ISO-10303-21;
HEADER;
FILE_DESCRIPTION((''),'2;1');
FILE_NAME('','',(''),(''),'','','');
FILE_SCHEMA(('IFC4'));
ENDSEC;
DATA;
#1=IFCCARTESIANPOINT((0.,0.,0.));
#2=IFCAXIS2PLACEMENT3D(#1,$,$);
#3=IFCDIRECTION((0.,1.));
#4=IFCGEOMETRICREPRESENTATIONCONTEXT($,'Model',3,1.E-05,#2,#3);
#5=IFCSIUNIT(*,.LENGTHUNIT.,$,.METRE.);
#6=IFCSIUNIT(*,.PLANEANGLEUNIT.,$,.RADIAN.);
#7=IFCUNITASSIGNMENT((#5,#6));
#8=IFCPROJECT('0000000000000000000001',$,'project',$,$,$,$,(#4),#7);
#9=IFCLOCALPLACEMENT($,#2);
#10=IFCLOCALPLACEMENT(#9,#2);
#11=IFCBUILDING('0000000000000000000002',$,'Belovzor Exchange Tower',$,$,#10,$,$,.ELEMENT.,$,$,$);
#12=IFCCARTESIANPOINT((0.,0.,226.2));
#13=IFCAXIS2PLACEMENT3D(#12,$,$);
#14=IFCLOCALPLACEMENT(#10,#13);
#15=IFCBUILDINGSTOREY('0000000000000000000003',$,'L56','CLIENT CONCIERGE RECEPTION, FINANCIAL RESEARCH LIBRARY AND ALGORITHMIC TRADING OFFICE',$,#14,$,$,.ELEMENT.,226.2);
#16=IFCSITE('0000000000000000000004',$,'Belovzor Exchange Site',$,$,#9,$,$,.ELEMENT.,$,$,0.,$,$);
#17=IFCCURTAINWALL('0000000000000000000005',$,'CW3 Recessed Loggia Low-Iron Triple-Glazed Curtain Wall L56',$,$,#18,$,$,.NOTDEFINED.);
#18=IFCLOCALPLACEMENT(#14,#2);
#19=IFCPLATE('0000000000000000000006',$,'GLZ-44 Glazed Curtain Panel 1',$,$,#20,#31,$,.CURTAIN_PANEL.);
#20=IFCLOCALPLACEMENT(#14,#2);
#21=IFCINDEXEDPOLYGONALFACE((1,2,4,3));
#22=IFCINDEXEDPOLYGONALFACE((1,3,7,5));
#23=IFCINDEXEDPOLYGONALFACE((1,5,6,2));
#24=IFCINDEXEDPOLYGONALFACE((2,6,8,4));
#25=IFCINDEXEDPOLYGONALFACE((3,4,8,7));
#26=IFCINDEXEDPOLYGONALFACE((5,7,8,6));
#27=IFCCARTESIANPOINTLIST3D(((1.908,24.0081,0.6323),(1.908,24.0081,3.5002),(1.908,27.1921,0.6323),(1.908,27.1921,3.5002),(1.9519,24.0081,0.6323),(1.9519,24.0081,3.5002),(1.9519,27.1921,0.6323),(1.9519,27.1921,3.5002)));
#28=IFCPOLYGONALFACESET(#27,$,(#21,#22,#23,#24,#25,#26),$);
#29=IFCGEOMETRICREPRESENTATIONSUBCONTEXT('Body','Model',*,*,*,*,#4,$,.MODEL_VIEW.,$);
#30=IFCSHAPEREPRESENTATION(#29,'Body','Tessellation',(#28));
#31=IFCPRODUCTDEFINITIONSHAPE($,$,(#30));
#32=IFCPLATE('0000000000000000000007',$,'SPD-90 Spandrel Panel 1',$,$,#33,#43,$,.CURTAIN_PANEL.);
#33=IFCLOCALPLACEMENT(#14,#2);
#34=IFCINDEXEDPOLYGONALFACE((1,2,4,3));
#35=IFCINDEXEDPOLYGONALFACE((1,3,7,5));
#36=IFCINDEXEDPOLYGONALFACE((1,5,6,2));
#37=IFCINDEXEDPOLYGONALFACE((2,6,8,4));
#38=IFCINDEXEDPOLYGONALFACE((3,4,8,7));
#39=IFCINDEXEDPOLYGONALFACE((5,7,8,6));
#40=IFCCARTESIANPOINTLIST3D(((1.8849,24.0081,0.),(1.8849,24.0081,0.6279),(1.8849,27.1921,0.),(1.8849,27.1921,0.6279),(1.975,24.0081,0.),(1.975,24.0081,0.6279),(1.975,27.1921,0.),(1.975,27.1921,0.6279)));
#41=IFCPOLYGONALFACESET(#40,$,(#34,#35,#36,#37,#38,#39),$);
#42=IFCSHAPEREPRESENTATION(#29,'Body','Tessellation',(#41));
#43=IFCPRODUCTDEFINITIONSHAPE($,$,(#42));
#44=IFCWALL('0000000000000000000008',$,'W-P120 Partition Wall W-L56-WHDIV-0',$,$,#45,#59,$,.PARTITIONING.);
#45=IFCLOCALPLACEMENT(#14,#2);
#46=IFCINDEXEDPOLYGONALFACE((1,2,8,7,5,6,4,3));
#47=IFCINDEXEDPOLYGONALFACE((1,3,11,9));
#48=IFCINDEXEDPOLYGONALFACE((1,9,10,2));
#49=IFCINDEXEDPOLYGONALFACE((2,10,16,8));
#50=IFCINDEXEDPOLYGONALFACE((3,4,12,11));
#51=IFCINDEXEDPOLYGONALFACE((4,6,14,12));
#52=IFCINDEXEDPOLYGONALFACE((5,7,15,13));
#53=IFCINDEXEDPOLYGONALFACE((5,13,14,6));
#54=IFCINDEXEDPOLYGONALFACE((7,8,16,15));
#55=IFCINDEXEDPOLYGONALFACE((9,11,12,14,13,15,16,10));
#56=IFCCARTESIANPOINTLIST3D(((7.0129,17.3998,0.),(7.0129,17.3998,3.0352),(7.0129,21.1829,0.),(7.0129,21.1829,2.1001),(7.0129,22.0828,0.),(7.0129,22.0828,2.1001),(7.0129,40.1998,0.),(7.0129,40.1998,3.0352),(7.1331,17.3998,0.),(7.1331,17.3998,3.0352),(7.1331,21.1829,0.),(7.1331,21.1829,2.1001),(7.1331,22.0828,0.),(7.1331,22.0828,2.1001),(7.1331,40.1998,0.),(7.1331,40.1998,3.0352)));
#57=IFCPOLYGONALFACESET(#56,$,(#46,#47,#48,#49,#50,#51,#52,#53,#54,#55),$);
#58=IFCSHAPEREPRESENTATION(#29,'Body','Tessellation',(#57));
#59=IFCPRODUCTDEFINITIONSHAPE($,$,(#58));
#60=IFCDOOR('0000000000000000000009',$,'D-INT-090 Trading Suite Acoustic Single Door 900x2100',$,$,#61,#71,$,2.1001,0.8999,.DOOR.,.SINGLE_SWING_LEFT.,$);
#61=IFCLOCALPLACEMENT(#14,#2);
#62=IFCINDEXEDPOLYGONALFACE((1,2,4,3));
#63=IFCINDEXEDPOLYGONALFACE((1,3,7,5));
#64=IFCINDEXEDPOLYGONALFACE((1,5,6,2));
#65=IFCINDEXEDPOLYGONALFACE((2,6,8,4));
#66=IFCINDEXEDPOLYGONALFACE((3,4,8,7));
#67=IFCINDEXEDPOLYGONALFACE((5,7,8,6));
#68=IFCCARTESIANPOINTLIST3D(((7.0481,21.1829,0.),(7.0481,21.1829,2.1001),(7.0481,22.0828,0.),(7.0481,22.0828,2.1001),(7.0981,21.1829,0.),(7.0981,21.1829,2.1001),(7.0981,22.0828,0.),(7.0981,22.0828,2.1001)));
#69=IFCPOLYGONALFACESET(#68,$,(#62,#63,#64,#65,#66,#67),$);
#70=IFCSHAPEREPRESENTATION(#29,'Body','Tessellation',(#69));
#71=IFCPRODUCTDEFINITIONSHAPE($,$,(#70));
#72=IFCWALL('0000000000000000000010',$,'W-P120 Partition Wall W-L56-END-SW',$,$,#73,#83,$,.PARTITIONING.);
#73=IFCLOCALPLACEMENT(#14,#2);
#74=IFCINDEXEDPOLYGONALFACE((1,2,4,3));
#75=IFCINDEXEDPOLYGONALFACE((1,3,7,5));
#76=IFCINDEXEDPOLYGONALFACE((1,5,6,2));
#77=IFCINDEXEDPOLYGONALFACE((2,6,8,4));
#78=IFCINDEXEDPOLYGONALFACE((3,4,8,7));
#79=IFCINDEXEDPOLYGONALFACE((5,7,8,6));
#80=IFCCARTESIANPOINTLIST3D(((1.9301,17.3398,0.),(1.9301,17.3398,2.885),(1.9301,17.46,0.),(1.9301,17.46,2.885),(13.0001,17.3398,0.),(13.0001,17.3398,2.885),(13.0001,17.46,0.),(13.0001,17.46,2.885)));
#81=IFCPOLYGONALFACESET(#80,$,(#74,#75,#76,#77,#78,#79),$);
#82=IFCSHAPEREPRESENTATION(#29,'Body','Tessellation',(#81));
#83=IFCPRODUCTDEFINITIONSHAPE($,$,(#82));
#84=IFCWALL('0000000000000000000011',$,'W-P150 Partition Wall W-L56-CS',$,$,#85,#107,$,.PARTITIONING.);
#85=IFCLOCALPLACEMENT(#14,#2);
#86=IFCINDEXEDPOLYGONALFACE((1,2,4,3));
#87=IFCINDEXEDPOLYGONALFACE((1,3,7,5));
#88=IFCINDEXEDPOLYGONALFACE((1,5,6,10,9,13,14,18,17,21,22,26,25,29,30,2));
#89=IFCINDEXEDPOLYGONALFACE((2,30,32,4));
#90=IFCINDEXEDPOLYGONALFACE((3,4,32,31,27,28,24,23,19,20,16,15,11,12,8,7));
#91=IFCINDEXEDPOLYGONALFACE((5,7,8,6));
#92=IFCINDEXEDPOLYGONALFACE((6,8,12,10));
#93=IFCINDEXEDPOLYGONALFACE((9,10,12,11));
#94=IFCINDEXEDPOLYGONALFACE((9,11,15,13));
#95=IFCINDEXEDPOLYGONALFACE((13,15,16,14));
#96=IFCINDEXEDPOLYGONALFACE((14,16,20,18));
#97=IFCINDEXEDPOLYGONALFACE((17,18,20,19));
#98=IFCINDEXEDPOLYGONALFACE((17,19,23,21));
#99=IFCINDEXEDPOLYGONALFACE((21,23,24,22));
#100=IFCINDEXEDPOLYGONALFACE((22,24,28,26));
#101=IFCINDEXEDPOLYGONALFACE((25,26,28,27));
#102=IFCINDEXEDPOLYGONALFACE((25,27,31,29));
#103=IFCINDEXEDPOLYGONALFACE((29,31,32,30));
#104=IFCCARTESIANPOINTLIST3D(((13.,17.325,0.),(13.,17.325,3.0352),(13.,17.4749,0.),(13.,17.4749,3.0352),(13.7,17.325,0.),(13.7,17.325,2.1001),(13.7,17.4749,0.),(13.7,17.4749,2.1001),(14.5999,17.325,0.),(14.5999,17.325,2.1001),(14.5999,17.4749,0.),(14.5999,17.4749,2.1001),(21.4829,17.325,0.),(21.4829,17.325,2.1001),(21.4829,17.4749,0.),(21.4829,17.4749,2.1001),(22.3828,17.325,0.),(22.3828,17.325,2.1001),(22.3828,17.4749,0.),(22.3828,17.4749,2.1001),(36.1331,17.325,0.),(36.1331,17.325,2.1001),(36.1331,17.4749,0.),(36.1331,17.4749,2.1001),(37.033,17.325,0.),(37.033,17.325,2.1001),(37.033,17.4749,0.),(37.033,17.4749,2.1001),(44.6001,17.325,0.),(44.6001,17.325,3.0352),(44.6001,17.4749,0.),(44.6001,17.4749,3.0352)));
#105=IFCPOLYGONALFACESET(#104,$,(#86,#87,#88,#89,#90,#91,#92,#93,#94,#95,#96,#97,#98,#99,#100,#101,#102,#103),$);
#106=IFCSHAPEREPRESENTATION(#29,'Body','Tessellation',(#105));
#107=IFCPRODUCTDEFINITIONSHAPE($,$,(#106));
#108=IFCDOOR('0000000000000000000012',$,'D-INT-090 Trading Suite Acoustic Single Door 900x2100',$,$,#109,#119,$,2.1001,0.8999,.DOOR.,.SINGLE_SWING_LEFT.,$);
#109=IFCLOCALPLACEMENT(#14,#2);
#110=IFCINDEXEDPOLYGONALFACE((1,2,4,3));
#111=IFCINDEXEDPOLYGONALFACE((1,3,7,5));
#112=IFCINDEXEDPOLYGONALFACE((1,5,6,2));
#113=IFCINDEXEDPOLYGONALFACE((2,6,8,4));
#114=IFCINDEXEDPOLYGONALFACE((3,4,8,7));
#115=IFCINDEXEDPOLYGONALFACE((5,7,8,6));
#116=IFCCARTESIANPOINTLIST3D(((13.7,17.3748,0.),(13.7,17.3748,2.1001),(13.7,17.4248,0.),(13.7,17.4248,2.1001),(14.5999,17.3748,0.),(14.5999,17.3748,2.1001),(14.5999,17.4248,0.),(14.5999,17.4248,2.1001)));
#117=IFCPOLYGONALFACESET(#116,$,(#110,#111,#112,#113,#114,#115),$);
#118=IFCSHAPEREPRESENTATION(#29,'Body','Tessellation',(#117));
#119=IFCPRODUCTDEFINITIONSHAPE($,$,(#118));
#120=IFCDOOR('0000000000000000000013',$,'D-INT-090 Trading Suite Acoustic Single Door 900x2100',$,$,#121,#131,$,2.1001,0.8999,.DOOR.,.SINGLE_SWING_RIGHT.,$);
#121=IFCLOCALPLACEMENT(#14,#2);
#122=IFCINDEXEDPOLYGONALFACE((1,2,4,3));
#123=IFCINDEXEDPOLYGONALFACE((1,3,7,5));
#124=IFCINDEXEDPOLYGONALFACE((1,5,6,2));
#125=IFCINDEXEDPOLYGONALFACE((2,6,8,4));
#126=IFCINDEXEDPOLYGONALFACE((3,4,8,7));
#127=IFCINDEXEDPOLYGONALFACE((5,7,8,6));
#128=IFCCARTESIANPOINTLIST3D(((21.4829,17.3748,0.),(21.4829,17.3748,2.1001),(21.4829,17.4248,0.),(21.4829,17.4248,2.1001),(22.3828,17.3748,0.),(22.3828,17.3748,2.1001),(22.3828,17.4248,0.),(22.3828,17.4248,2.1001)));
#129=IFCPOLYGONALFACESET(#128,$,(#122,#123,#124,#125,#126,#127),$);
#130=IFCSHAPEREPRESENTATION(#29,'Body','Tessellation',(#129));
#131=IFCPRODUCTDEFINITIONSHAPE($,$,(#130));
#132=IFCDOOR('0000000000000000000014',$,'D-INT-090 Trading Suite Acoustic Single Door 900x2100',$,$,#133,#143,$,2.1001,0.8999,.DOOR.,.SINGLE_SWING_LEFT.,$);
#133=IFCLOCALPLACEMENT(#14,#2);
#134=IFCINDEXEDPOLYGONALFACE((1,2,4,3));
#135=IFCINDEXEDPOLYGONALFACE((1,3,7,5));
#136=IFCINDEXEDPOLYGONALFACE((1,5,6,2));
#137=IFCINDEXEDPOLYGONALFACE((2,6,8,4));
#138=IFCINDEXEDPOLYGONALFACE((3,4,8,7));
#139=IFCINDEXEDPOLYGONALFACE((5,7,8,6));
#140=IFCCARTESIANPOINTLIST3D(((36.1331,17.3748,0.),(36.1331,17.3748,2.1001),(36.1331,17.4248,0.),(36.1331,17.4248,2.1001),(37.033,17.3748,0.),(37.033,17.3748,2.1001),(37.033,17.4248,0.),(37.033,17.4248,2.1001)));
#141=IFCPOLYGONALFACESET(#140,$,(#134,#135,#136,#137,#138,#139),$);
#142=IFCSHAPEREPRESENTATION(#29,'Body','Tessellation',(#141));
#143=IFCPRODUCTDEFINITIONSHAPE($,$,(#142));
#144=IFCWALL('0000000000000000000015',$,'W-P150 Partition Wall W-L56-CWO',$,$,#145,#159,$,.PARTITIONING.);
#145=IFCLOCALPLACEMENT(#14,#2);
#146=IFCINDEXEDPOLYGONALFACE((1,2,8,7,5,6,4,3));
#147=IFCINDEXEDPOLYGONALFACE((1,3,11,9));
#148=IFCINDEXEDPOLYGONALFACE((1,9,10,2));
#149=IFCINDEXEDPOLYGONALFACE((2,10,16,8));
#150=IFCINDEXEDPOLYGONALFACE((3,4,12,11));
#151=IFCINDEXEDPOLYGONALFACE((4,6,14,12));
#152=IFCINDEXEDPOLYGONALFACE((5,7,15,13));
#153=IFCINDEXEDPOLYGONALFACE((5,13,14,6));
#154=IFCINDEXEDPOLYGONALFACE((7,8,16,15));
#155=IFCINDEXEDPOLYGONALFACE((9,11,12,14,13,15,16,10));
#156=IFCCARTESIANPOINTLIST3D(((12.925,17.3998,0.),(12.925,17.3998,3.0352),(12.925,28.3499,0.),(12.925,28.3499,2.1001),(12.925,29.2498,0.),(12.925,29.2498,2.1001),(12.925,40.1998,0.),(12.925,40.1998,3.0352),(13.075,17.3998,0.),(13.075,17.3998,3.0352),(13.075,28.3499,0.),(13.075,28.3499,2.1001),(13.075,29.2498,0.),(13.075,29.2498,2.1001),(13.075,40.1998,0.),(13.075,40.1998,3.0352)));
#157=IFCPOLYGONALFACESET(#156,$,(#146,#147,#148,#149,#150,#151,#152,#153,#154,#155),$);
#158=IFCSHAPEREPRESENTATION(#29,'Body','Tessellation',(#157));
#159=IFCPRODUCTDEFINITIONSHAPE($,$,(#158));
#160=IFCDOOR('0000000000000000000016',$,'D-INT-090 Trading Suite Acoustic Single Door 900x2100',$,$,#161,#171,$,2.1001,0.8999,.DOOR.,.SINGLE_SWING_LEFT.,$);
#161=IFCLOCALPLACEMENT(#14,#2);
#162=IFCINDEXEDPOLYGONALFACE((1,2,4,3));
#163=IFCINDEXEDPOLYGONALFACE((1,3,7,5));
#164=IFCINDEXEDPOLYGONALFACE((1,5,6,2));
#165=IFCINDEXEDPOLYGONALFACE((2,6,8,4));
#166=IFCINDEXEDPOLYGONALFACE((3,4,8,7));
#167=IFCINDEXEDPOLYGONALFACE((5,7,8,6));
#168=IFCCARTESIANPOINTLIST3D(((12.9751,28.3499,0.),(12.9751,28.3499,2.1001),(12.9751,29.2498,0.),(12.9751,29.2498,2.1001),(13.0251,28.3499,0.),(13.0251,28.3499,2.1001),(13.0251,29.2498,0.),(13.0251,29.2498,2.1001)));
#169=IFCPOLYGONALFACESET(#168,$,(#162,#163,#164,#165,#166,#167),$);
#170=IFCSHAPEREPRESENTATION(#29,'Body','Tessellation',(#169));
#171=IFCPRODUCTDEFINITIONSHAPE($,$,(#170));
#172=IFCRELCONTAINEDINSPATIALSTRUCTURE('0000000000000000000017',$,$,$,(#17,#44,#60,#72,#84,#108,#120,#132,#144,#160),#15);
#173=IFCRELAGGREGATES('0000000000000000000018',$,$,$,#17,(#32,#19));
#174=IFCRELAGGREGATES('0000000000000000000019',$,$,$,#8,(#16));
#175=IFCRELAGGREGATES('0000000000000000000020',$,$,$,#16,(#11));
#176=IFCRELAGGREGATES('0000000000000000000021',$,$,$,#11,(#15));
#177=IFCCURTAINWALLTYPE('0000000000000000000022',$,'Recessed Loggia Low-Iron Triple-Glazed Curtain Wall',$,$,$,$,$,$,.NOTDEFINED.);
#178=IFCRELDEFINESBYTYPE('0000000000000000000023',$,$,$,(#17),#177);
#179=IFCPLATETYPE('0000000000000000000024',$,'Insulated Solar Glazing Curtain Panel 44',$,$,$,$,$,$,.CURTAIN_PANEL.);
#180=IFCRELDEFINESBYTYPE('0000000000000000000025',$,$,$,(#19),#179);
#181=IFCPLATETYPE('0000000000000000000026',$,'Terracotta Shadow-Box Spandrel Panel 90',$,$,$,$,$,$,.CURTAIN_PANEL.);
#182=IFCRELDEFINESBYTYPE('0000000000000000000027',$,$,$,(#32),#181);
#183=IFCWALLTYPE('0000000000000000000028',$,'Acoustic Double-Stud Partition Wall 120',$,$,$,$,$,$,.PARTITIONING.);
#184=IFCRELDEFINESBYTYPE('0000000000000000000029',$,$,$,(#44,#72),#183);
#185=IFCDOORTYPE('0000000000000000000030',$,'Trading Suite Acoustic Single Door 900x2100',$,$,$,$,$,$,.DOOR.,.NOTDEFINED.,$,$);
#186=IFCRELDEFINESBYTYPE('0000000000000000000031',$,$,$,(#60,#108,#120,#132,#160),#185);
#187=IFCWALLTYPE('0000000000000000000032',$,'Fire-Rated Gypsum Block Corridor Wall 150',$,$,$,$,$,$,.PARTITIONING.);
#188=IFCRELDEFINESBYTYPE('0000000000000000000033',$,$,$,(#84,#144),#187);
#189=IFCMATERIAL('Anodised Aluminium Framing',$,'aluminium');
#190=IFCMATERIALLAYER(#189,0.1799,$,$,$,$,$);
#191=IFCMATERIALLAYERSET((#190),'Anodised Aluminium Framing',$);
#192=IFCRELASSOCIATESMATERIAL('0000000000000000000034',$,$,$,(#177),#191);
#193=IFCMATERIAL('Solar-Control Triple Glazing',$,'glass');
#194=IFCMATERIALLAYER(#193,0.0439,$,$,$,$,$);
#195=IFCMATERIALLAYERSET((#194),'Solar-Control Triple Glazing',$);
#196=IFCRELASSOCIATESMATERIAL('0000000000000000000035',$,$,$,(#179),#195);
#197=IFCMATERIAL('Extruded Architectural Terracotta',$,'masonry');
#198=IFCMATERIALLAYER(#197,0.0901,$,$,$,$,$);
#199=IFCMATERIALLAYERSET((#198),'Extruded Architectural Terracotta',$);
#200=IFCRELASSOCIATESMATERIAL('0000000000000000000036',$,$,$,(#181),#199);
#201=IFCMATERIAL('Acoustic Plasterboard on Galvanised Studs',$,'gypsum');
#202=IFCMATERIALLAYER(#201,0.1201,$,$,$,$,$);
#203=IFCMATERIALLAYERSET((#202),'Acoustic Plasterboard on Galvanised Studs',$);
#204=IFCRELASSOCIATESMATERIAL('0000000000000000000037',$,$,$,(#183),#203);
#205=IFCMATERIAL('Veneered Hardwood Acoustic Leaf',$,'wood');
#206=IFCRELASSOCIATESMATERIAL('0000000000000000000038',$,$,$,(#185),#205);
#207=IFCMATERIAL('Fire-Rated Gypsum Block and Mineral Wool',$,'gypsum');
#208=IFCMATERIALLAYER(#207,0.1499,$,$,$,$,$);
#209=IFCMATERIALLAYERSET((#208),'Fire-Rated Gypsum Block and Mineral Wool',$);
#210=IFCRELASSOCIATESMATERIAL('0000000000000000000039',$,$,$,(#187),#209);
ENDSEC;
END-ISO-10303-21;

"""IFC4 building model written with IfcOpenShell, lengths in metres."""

from ifc_helpers import new_model, si_unit, direction, frame, frame_2d, origin, origin_2d, place, context, subcontext, project, spatial, rectangle, extrude, material, layer, layer_set, type_object, element, fill, aggregate, save


model = new_model("IFC4")

# Units and contexts
model_context = context("Model", 3, precision=1e-05, world=origin(), true_north=direction((0.0, 1.0)))
body_context = subcontext(model_context, "Body", "Model", "MODEL_VIEW")
ifc_project = project(units=[si_unit("LENGTHUNIT", "METRE"), si_unit("PLANEANGLEUNIT", "RADIAN")], contexts=[model_context])

# Site, building, storey
site_placement = place(None, origin())
site = spatial("IfcSite", under=ifc_project, at=site_placement, Name="Belovzor Exchange Site", CompositionType="ELEMENT", RefElevation=0.0)
building_placement = place(site_placement, origin())
building = spatial("IfcBuilding", under=site, at=building_placement, Name="Belovzor Exchange Tower", CompositionType="ELEMENT")
storey_placement = place(building_placement, frame((0.0, 0.0, 226.2)))
storey = spatial("IfcBuildingStorey", under=building, at=storey_placement, Name="L56", Description="CLIENT CONCIERGE RECEPTION, FINANCIAL RESEARCH LIBRARY AND ALGORITHMIC TRADING OFFICE", CompositionType="ELEMENT", Elevation=226.2)

# Curtain wall
ifc_material_1 = material(Name="Anodised Aluminium Framing", Category="aluminium")
ifc_layer_1 = layer(ifc_material_1, 0.1799)
ifc_layer_set_1 = layer_set([ifc_layer_1], Name="Anodised Aluminium Framing")
curtain_wall_type = type_object("IfcCurtainWallType", Name="Recessed Loggia Low-Iron Triple-Glazed Curtain Wall", PredefinedType="NOTDEFINED", material=ifc_layer_set_1)
curtain_wall_placement = place(storey_placement, origin())
curtain_wall = element("IfcCurtainWall", 1, at=curtain_wall_placement, inside=storey, type_object=curtain_wall_type, Name="CW3 Recessed Loggia Low-Iron Triple-Glazed Curtain Wall L56", PredefinedType="NOTDEFINED")

# Plates
ifc_material_2 = material(Name="Solar-Control Triple Glazing", Category="glass")
ifc_layer_2 = layer(ifc_material_2, 0.0439)
ifc_layer_set_2 = layer_set([ifc_layer_2], Name="Solar-Control Triple Glazing")
plate_type_1 = type_object("IfcPlateType", Name="Insulated Solar Glazing Curtain Panel 44", PredefinedType="CURTAIN_PANEL", material=ifc_layer_set_2)
plate_1_placement = place(storey_placement, frame((1.9299, 25.6001, 0.6323), z_axis=(0.0, 0.0, 1.0), x_axis=(0.0, 1.0, 0.0)))
plate_1 = element("IfcPlate", 2, at=plate_1_placement, type_object=plate_type_1, Name="GLZ-44 Glazed Curtain Panel 1", PredefinedType="CURTAIN_PANEL", context=body_context, shape_type="SweptSolid", body=[
    extrude(rectangle(XDim=3.1841, YDim=0.0439, at=origin_2d()), origin(), (0.0, 0.0, 1.0), 2.8679),
])
ifc_material_3 = material(Name="Extruded Architectural Terracotta", Category="masonry")
ifc_layer_3 = layer(ifc_material_3, 0.0901)
ifc_layer_set_3 = layer_set([ifc_layer_3], Name="Extruded Architectural Terracotta")
plate_type_2 = type_object("IfcPlateType", Name="Terracotta Shadow-Box Spandrel Panel 90", PredefinedType="CURTAIN_PANEL", material=ifc_layer_set_3)
plate_2_placement = place(storey_placement, frame((1.9299, 25.6001, 0.0), z_axis=(0.0, 0.0, 1.0), x_axis=(0.0, 1.0, 0.0)))
plate_2 = element("IfcPlate", 3, at=plate_2_placement, type_object=plate_type_2, Name="SPD-90 Spandrel Panel 1", PredefinedType="CURTAIN_PANEL", context=body_context, shape_type="SweptSolid", body=[
    extrude(rectangle(XDim=3.1841, YDim=0.0901, at=origin_2d()), origin(), (0.0, 0.0, 1.0), 0.6279),
])
aggregate(curtain_wall, [plate_2, plate_1])

# Wall, opening, door
ifc_material_4 = material(Name="Acoustic Plasterboard on Galvanised Studs", Category="gypsum")
ifc_layer_4 = layer(ifc_material_4, 0.1201)
ifc_layer_set_4 = layer_set([ifc_layer_4], Name="Acoustic Plasterboard on Galvanised Studs")
wall_type_1 = type_object("IfcWallType", Name="Acoustic Double-Stud Partition Wall 120", PredefinedType="PARTITIONING", material=ifc_layer_set_4)
wall_1_placement = place(storey_placement, frame((7.073, 17.3999, 0.0), z_axis=(0.0, 0.0, 1.0), x_axis=(0.0, 1.0, 0.0)))
wall_1 = element("IfcWall", 4, at=wall_1_placement, inside=storey, type_object=wall_type_1, Name="W-P120 Partition Wall W-L56-WHDIV-0", PredefinedType="PARTITIONING", context=body_context, shape_type="SweptSolid", body=[
    extrude(rectangle(XDim=22.8, YDim=0.1201, at=frame_2d((11.3999, 0.0))), origin(), (0.0, 0.0, 1.0), 3.0352),
])
opening_1_placement = place(wall_1_placement, frame((3.783, 0.0, 0.0)))
opening_1 = element("IfcOpeningElement", 5, at=opening_1_placement, cuts=wall_1, PredefinedType="OPENING", context=body_context, shape_type="SweptSolid", body=[
    extrude(rectangle(XDim=0.8999, YDim=2.1001, at=frame_2d((0.45, 1.05))), frame((0.0, 0.0701, 0.0), z_axis=(0.0, -1.0, 0.0), x_axis=(1.0, 0.0, 0.0)), (0.0, 0.0, 1.0), 0.1401),
])
ifc_material_5 = material(Name="Veneered Hardwood Acoustic Leaf", Category="wood")
door_type = type_object("IfcDoorType", Name="Trading Suite Acoustic Single Door 900x2100", OperationType="NOTDEFINED", PredefinedType="DOOR", material=ifc_material_5)
door_1_placement = place(opening_1_placement, origin())
door_1 = element("IfcDoor", 6, at=door_1_placement, inside=storey, type_object=door_type, Name="D-INT-090 Trading Suite Acoustic Single Door 900x2100", OperationType="SINGLE_SWING_LEFT", OverallHeight=2.1001, OverallWidth=0.8999, PredefinedType="DOOR", context=body_context, shape_type="SweptSolid", body=[
    extrude(rectangle(XDim=0.8999, YDim=2.1001, at=frame_2d((0.45, 1.05))), frame((0.0, 0.0249, 0.0), z_axis=(0.0, -1.0, 0.0), x_axis=(1.0, 0.0, 0.0)), (0.0, 0.0, 1.0), 0.05),
])
fill(opening_1, door_1)

# Wall
wall_2_placement = place(storey_placement, frame((1.9299, 17.3999, 0.0), z_axis=(0.0, 0.0, 1.0), x_axis=(1.0, 0.0, 0.0)))
element("IfcWall", 7, at=wall_2_placement, inside=storey, type_object=wall_type_1, Name="W-P120 Partition Wall W-L56-END-SW", PredefinedType="PARTITIONING", context=body_context, shape_type="SweptSolid", body=[
    extrude(rectangle(XDim=11.0701, YDim=0.1201, at=frame_2d((5.5352, 0.0))), origin(), (0.0, 0.0, 1.0), 2.885),
])

# Wall, openings, doors
ifc_material_6 = material(Name="Fire-Rated Gypsum Block and Mineral Wool", Category="gypsum")
ifc_layer_5 = layer(ifc_material_6, 0.1499)
ifc_layer_set_5 = layer_set([ifc_layer_5], Name="Fire-Rated Gypsum Block and Mineral Wool")
wall_type_2 = type_object("IfcWallType", Name="Fire-Rated Gypsum Block Corridor Wall 150", PredefinedType="PARTITIONING", material=ifc_layer_set_5)
wall_3_placement = place(storey_placement, frame((13.0, 17.3999, 0.0), z_axis=(0.0, 0.0, 1.0), x_axis=(1.0, 0.0, 0.0)))
wall_3 = element("IfcWall", 8, at=wall_3_placement, inside=storey, type_object=wall_type_2, Name="W-P150 Partition Wall W-L56-CS", PredefinedType="PARTITIONING", context=body_context, shape_type="SweptSolid", body=[
    extrude(rectangle(XDim=31.6001, YDim=0.1499, at=frame_2d((15.8, 0.0))), origin(), (0.0, 0.0, 1.0), 3.0352),
])
opening_2_placement = place(wall_3_placement, frame((0.7, 0.0, 0.0)))
opening_2 = element("IfcOpeningElement", 9, at=opening_2_placement, cuts=wall_3, PredefinedType="OPENING", context=body_context, shape_type="SweptSolid", body=[
    extrude(rectangle(XDim=0.8999, YDim=2.1001, at=frame_2d((0.45, 1.05))), frame((0.0, 0.085, 0.0), z_axis=(0.0, -1.0, 0.0), x_axis=(1.0, 0.0, 0.0)), (0.0, 0.0, 1.0), 0.1699),
])
opening_3_placement = place(wall_3_placement, frame((8.4829, 0.0, 0.0)))
opening_3 = element("IfcOpeningElement", 10, at=opening_3_placement, cuts=wall_3, PredefinedType="OPENING", context=body_context, shape_type="SweptSolid", body=[
    extrude(rectangle(XDim=0.8999, YDim=2.1001, at=frame_2d((0.45, 1.05))), frame((0.0, 0.085, 0.0), z_axis=(0.0, -1.0, 0.0), x_axis=(1.0, 0.0, 0.0)), (0.0, 0.0, 1.0), 0.1699),
])
opening_4_placement = place(wall_3_placement, frame((23.1331, 0.0, 0.0)))
opening_4 = element("IfcOpeningElement", 11, at=opening_4_placement, cuts=wall_3, PredefinedType="OPENING", context=body_context, shape_type="SweptSolid", body=[
    extrude(rectangle(XDim=0.8999, YDim=2.1001, at=frame_2d((0.45, 1.05))), frame((0.0, 0.085, 0.0), z_axis=(0.0, -1.0, 0.0), x_axis=(1.0, 0.0, 0.0)), (0.0, 0.0, 1.0), 0.1699),
])
door_2_placement = place(opening_2_placement, origin())
door_2 = element("IfcDoor", 12, at=door_2_placement, inside=storey, type_object=door_type, Name="D-INT-090 Trading Suite Acoustic Single Door 900x2100", OperationType="SINGLE_SWING_LEFT", OverallHeight=2.1001, OverallWidth=0.8999, PredefinedType="DOOR", context=body_context, shape_type="SweptSolid", body=[
    extrude(rectangle(XDim=0.8999, YDim=2.1001, at=frame_2d((0.45, 1.05))), frame((0.0, 0.0249, 0.0), z_axis=(0.0, -1.0, 0.0), x_axis=(1.0, 0.0, 0.0)), (0.0, 0.0, 1.0), 0.05),
])
fill(opening_2, door_2)
door_3_placement = place(opening_3_placement, origin())
door_3 = element("IfcDoor", 13, at=door_3_placement, inside=storey, type_object=door_type, Name="D-INT-090 Trading Suite Acoustic Single Door 900x2100", OperationType="SINGLE_SWING_RIGHT", OverallHeight=2.1001, OverallWidth=0.8999, PredefinedType="DOOR", context=body_context, shape_type="SweptSolid", body=[
    extrude(rectangle(XDim=0.8999, YDim=2.1001, at=frame_2d((0.45, 1.05))), frame((0.0, 0.0249, 0.0), z_axis=(0.0, -1.0, 0.0), x_axis=(1.0, 0.0, 0.0)), (0.0, 0.0, 1.0), 0.05),
])
fill(opening_3, door_3)
door_4_placement = place(opening_4_placement, origin())
door_4 = element("IfcDoor", 14, at=door_4_placement, inside=storey, type_object=door_type, Name="D-INT-090 Trading Suite Acoustic Single Door 900x2100", OperationType="SINGLE_SWING_LEFT", OverallHeight=2.1001, OverallWidth=0.8999, PredefinedType="DOOR", context=body_context, shape_type="SweptSolid", body=[
    extrude(rectangle(XDim=0.8999, YDim=2.1001, at=frame_2d((0.45, 1.05))), frame((0.0, 0.0249, 0.0), z_axis=(0.0, -1.0, 0.0), x_axis=(1.0, 0.0, 0.0)), (0.0, 0.0, 1.0), 0.05),
])
fill(opening_4, door_4)

# Wall, opening, door
wall_4_placement = place(storey_placement, frame((13.0, 17.3999, 0.0), z_axis=(0.0, 0.0, 1.0), x_axis=(0.0, 1.0, 0.0)))
wall_4 = element("IfcWall", 15, at=wall_4_placement, inside=storey, type_object=wall_type_2, Name="W-P150 Partition Wall W-L56-CWO", PredefinedType="PARTITIONING", context=body_context, shape_type="SweptSolid", body=[
    extrude(rectangle(XDim=22.8, YDim=0.1499, at=frame_2d((11.3999, 0.0))), origin(), (0.0, 0.0, 1.0), 3.0352),
])
opening_5_placement = place(wall_4_placement, frame((10.95, 0.0, 0.0)))
opening_5 = element("IfcOpeningElement", 16, at=opening_5_placement, cuts=wall_4, PredefinedType="OPENING", context=body_context, shape_type="SweptSolid", body=[
    extrude(rectangle(XDim=0.8999, YDim=2.1001, at=frame_2d((0.45, 1.05))), frame((0.0, 0.085, 0.0), z_axis=(0.0, -1.0, 0.0), x_axis=(1.0, 0.0, 0.0)), (0.0, 0.0, 1.0), 0.1699),
])
door_5_placement = place(opening_5_placement, origin())
door_5 = element("IfcDoor", 17, at=door_5_placement, inside=storey, type_object=door_type, Name="D-INT-090 Trading Suite Acoustic Single Door 900x2100", OperationType="SINGLE_SWING_LEFT", OverallHeight=2.1001, OverallWidth=0.8999, PredefinedType="DOOR", context=body_context, shape_type="SweptSolid", body=[
    extrude(rectangle(XDim=0.8999, YDim=2.1001, at=frame_2d((0.45, 1.05))), frame((0.0, 0.0249, 0.0), z_axis=(0.0, -1.0, 0.0), x_axis=(1.0, 0.0, 0.0)), (0.0, 0.0, 1.0), 0.05),
])
fill(opening_5, door_5)

save(model, "model.ifc")
